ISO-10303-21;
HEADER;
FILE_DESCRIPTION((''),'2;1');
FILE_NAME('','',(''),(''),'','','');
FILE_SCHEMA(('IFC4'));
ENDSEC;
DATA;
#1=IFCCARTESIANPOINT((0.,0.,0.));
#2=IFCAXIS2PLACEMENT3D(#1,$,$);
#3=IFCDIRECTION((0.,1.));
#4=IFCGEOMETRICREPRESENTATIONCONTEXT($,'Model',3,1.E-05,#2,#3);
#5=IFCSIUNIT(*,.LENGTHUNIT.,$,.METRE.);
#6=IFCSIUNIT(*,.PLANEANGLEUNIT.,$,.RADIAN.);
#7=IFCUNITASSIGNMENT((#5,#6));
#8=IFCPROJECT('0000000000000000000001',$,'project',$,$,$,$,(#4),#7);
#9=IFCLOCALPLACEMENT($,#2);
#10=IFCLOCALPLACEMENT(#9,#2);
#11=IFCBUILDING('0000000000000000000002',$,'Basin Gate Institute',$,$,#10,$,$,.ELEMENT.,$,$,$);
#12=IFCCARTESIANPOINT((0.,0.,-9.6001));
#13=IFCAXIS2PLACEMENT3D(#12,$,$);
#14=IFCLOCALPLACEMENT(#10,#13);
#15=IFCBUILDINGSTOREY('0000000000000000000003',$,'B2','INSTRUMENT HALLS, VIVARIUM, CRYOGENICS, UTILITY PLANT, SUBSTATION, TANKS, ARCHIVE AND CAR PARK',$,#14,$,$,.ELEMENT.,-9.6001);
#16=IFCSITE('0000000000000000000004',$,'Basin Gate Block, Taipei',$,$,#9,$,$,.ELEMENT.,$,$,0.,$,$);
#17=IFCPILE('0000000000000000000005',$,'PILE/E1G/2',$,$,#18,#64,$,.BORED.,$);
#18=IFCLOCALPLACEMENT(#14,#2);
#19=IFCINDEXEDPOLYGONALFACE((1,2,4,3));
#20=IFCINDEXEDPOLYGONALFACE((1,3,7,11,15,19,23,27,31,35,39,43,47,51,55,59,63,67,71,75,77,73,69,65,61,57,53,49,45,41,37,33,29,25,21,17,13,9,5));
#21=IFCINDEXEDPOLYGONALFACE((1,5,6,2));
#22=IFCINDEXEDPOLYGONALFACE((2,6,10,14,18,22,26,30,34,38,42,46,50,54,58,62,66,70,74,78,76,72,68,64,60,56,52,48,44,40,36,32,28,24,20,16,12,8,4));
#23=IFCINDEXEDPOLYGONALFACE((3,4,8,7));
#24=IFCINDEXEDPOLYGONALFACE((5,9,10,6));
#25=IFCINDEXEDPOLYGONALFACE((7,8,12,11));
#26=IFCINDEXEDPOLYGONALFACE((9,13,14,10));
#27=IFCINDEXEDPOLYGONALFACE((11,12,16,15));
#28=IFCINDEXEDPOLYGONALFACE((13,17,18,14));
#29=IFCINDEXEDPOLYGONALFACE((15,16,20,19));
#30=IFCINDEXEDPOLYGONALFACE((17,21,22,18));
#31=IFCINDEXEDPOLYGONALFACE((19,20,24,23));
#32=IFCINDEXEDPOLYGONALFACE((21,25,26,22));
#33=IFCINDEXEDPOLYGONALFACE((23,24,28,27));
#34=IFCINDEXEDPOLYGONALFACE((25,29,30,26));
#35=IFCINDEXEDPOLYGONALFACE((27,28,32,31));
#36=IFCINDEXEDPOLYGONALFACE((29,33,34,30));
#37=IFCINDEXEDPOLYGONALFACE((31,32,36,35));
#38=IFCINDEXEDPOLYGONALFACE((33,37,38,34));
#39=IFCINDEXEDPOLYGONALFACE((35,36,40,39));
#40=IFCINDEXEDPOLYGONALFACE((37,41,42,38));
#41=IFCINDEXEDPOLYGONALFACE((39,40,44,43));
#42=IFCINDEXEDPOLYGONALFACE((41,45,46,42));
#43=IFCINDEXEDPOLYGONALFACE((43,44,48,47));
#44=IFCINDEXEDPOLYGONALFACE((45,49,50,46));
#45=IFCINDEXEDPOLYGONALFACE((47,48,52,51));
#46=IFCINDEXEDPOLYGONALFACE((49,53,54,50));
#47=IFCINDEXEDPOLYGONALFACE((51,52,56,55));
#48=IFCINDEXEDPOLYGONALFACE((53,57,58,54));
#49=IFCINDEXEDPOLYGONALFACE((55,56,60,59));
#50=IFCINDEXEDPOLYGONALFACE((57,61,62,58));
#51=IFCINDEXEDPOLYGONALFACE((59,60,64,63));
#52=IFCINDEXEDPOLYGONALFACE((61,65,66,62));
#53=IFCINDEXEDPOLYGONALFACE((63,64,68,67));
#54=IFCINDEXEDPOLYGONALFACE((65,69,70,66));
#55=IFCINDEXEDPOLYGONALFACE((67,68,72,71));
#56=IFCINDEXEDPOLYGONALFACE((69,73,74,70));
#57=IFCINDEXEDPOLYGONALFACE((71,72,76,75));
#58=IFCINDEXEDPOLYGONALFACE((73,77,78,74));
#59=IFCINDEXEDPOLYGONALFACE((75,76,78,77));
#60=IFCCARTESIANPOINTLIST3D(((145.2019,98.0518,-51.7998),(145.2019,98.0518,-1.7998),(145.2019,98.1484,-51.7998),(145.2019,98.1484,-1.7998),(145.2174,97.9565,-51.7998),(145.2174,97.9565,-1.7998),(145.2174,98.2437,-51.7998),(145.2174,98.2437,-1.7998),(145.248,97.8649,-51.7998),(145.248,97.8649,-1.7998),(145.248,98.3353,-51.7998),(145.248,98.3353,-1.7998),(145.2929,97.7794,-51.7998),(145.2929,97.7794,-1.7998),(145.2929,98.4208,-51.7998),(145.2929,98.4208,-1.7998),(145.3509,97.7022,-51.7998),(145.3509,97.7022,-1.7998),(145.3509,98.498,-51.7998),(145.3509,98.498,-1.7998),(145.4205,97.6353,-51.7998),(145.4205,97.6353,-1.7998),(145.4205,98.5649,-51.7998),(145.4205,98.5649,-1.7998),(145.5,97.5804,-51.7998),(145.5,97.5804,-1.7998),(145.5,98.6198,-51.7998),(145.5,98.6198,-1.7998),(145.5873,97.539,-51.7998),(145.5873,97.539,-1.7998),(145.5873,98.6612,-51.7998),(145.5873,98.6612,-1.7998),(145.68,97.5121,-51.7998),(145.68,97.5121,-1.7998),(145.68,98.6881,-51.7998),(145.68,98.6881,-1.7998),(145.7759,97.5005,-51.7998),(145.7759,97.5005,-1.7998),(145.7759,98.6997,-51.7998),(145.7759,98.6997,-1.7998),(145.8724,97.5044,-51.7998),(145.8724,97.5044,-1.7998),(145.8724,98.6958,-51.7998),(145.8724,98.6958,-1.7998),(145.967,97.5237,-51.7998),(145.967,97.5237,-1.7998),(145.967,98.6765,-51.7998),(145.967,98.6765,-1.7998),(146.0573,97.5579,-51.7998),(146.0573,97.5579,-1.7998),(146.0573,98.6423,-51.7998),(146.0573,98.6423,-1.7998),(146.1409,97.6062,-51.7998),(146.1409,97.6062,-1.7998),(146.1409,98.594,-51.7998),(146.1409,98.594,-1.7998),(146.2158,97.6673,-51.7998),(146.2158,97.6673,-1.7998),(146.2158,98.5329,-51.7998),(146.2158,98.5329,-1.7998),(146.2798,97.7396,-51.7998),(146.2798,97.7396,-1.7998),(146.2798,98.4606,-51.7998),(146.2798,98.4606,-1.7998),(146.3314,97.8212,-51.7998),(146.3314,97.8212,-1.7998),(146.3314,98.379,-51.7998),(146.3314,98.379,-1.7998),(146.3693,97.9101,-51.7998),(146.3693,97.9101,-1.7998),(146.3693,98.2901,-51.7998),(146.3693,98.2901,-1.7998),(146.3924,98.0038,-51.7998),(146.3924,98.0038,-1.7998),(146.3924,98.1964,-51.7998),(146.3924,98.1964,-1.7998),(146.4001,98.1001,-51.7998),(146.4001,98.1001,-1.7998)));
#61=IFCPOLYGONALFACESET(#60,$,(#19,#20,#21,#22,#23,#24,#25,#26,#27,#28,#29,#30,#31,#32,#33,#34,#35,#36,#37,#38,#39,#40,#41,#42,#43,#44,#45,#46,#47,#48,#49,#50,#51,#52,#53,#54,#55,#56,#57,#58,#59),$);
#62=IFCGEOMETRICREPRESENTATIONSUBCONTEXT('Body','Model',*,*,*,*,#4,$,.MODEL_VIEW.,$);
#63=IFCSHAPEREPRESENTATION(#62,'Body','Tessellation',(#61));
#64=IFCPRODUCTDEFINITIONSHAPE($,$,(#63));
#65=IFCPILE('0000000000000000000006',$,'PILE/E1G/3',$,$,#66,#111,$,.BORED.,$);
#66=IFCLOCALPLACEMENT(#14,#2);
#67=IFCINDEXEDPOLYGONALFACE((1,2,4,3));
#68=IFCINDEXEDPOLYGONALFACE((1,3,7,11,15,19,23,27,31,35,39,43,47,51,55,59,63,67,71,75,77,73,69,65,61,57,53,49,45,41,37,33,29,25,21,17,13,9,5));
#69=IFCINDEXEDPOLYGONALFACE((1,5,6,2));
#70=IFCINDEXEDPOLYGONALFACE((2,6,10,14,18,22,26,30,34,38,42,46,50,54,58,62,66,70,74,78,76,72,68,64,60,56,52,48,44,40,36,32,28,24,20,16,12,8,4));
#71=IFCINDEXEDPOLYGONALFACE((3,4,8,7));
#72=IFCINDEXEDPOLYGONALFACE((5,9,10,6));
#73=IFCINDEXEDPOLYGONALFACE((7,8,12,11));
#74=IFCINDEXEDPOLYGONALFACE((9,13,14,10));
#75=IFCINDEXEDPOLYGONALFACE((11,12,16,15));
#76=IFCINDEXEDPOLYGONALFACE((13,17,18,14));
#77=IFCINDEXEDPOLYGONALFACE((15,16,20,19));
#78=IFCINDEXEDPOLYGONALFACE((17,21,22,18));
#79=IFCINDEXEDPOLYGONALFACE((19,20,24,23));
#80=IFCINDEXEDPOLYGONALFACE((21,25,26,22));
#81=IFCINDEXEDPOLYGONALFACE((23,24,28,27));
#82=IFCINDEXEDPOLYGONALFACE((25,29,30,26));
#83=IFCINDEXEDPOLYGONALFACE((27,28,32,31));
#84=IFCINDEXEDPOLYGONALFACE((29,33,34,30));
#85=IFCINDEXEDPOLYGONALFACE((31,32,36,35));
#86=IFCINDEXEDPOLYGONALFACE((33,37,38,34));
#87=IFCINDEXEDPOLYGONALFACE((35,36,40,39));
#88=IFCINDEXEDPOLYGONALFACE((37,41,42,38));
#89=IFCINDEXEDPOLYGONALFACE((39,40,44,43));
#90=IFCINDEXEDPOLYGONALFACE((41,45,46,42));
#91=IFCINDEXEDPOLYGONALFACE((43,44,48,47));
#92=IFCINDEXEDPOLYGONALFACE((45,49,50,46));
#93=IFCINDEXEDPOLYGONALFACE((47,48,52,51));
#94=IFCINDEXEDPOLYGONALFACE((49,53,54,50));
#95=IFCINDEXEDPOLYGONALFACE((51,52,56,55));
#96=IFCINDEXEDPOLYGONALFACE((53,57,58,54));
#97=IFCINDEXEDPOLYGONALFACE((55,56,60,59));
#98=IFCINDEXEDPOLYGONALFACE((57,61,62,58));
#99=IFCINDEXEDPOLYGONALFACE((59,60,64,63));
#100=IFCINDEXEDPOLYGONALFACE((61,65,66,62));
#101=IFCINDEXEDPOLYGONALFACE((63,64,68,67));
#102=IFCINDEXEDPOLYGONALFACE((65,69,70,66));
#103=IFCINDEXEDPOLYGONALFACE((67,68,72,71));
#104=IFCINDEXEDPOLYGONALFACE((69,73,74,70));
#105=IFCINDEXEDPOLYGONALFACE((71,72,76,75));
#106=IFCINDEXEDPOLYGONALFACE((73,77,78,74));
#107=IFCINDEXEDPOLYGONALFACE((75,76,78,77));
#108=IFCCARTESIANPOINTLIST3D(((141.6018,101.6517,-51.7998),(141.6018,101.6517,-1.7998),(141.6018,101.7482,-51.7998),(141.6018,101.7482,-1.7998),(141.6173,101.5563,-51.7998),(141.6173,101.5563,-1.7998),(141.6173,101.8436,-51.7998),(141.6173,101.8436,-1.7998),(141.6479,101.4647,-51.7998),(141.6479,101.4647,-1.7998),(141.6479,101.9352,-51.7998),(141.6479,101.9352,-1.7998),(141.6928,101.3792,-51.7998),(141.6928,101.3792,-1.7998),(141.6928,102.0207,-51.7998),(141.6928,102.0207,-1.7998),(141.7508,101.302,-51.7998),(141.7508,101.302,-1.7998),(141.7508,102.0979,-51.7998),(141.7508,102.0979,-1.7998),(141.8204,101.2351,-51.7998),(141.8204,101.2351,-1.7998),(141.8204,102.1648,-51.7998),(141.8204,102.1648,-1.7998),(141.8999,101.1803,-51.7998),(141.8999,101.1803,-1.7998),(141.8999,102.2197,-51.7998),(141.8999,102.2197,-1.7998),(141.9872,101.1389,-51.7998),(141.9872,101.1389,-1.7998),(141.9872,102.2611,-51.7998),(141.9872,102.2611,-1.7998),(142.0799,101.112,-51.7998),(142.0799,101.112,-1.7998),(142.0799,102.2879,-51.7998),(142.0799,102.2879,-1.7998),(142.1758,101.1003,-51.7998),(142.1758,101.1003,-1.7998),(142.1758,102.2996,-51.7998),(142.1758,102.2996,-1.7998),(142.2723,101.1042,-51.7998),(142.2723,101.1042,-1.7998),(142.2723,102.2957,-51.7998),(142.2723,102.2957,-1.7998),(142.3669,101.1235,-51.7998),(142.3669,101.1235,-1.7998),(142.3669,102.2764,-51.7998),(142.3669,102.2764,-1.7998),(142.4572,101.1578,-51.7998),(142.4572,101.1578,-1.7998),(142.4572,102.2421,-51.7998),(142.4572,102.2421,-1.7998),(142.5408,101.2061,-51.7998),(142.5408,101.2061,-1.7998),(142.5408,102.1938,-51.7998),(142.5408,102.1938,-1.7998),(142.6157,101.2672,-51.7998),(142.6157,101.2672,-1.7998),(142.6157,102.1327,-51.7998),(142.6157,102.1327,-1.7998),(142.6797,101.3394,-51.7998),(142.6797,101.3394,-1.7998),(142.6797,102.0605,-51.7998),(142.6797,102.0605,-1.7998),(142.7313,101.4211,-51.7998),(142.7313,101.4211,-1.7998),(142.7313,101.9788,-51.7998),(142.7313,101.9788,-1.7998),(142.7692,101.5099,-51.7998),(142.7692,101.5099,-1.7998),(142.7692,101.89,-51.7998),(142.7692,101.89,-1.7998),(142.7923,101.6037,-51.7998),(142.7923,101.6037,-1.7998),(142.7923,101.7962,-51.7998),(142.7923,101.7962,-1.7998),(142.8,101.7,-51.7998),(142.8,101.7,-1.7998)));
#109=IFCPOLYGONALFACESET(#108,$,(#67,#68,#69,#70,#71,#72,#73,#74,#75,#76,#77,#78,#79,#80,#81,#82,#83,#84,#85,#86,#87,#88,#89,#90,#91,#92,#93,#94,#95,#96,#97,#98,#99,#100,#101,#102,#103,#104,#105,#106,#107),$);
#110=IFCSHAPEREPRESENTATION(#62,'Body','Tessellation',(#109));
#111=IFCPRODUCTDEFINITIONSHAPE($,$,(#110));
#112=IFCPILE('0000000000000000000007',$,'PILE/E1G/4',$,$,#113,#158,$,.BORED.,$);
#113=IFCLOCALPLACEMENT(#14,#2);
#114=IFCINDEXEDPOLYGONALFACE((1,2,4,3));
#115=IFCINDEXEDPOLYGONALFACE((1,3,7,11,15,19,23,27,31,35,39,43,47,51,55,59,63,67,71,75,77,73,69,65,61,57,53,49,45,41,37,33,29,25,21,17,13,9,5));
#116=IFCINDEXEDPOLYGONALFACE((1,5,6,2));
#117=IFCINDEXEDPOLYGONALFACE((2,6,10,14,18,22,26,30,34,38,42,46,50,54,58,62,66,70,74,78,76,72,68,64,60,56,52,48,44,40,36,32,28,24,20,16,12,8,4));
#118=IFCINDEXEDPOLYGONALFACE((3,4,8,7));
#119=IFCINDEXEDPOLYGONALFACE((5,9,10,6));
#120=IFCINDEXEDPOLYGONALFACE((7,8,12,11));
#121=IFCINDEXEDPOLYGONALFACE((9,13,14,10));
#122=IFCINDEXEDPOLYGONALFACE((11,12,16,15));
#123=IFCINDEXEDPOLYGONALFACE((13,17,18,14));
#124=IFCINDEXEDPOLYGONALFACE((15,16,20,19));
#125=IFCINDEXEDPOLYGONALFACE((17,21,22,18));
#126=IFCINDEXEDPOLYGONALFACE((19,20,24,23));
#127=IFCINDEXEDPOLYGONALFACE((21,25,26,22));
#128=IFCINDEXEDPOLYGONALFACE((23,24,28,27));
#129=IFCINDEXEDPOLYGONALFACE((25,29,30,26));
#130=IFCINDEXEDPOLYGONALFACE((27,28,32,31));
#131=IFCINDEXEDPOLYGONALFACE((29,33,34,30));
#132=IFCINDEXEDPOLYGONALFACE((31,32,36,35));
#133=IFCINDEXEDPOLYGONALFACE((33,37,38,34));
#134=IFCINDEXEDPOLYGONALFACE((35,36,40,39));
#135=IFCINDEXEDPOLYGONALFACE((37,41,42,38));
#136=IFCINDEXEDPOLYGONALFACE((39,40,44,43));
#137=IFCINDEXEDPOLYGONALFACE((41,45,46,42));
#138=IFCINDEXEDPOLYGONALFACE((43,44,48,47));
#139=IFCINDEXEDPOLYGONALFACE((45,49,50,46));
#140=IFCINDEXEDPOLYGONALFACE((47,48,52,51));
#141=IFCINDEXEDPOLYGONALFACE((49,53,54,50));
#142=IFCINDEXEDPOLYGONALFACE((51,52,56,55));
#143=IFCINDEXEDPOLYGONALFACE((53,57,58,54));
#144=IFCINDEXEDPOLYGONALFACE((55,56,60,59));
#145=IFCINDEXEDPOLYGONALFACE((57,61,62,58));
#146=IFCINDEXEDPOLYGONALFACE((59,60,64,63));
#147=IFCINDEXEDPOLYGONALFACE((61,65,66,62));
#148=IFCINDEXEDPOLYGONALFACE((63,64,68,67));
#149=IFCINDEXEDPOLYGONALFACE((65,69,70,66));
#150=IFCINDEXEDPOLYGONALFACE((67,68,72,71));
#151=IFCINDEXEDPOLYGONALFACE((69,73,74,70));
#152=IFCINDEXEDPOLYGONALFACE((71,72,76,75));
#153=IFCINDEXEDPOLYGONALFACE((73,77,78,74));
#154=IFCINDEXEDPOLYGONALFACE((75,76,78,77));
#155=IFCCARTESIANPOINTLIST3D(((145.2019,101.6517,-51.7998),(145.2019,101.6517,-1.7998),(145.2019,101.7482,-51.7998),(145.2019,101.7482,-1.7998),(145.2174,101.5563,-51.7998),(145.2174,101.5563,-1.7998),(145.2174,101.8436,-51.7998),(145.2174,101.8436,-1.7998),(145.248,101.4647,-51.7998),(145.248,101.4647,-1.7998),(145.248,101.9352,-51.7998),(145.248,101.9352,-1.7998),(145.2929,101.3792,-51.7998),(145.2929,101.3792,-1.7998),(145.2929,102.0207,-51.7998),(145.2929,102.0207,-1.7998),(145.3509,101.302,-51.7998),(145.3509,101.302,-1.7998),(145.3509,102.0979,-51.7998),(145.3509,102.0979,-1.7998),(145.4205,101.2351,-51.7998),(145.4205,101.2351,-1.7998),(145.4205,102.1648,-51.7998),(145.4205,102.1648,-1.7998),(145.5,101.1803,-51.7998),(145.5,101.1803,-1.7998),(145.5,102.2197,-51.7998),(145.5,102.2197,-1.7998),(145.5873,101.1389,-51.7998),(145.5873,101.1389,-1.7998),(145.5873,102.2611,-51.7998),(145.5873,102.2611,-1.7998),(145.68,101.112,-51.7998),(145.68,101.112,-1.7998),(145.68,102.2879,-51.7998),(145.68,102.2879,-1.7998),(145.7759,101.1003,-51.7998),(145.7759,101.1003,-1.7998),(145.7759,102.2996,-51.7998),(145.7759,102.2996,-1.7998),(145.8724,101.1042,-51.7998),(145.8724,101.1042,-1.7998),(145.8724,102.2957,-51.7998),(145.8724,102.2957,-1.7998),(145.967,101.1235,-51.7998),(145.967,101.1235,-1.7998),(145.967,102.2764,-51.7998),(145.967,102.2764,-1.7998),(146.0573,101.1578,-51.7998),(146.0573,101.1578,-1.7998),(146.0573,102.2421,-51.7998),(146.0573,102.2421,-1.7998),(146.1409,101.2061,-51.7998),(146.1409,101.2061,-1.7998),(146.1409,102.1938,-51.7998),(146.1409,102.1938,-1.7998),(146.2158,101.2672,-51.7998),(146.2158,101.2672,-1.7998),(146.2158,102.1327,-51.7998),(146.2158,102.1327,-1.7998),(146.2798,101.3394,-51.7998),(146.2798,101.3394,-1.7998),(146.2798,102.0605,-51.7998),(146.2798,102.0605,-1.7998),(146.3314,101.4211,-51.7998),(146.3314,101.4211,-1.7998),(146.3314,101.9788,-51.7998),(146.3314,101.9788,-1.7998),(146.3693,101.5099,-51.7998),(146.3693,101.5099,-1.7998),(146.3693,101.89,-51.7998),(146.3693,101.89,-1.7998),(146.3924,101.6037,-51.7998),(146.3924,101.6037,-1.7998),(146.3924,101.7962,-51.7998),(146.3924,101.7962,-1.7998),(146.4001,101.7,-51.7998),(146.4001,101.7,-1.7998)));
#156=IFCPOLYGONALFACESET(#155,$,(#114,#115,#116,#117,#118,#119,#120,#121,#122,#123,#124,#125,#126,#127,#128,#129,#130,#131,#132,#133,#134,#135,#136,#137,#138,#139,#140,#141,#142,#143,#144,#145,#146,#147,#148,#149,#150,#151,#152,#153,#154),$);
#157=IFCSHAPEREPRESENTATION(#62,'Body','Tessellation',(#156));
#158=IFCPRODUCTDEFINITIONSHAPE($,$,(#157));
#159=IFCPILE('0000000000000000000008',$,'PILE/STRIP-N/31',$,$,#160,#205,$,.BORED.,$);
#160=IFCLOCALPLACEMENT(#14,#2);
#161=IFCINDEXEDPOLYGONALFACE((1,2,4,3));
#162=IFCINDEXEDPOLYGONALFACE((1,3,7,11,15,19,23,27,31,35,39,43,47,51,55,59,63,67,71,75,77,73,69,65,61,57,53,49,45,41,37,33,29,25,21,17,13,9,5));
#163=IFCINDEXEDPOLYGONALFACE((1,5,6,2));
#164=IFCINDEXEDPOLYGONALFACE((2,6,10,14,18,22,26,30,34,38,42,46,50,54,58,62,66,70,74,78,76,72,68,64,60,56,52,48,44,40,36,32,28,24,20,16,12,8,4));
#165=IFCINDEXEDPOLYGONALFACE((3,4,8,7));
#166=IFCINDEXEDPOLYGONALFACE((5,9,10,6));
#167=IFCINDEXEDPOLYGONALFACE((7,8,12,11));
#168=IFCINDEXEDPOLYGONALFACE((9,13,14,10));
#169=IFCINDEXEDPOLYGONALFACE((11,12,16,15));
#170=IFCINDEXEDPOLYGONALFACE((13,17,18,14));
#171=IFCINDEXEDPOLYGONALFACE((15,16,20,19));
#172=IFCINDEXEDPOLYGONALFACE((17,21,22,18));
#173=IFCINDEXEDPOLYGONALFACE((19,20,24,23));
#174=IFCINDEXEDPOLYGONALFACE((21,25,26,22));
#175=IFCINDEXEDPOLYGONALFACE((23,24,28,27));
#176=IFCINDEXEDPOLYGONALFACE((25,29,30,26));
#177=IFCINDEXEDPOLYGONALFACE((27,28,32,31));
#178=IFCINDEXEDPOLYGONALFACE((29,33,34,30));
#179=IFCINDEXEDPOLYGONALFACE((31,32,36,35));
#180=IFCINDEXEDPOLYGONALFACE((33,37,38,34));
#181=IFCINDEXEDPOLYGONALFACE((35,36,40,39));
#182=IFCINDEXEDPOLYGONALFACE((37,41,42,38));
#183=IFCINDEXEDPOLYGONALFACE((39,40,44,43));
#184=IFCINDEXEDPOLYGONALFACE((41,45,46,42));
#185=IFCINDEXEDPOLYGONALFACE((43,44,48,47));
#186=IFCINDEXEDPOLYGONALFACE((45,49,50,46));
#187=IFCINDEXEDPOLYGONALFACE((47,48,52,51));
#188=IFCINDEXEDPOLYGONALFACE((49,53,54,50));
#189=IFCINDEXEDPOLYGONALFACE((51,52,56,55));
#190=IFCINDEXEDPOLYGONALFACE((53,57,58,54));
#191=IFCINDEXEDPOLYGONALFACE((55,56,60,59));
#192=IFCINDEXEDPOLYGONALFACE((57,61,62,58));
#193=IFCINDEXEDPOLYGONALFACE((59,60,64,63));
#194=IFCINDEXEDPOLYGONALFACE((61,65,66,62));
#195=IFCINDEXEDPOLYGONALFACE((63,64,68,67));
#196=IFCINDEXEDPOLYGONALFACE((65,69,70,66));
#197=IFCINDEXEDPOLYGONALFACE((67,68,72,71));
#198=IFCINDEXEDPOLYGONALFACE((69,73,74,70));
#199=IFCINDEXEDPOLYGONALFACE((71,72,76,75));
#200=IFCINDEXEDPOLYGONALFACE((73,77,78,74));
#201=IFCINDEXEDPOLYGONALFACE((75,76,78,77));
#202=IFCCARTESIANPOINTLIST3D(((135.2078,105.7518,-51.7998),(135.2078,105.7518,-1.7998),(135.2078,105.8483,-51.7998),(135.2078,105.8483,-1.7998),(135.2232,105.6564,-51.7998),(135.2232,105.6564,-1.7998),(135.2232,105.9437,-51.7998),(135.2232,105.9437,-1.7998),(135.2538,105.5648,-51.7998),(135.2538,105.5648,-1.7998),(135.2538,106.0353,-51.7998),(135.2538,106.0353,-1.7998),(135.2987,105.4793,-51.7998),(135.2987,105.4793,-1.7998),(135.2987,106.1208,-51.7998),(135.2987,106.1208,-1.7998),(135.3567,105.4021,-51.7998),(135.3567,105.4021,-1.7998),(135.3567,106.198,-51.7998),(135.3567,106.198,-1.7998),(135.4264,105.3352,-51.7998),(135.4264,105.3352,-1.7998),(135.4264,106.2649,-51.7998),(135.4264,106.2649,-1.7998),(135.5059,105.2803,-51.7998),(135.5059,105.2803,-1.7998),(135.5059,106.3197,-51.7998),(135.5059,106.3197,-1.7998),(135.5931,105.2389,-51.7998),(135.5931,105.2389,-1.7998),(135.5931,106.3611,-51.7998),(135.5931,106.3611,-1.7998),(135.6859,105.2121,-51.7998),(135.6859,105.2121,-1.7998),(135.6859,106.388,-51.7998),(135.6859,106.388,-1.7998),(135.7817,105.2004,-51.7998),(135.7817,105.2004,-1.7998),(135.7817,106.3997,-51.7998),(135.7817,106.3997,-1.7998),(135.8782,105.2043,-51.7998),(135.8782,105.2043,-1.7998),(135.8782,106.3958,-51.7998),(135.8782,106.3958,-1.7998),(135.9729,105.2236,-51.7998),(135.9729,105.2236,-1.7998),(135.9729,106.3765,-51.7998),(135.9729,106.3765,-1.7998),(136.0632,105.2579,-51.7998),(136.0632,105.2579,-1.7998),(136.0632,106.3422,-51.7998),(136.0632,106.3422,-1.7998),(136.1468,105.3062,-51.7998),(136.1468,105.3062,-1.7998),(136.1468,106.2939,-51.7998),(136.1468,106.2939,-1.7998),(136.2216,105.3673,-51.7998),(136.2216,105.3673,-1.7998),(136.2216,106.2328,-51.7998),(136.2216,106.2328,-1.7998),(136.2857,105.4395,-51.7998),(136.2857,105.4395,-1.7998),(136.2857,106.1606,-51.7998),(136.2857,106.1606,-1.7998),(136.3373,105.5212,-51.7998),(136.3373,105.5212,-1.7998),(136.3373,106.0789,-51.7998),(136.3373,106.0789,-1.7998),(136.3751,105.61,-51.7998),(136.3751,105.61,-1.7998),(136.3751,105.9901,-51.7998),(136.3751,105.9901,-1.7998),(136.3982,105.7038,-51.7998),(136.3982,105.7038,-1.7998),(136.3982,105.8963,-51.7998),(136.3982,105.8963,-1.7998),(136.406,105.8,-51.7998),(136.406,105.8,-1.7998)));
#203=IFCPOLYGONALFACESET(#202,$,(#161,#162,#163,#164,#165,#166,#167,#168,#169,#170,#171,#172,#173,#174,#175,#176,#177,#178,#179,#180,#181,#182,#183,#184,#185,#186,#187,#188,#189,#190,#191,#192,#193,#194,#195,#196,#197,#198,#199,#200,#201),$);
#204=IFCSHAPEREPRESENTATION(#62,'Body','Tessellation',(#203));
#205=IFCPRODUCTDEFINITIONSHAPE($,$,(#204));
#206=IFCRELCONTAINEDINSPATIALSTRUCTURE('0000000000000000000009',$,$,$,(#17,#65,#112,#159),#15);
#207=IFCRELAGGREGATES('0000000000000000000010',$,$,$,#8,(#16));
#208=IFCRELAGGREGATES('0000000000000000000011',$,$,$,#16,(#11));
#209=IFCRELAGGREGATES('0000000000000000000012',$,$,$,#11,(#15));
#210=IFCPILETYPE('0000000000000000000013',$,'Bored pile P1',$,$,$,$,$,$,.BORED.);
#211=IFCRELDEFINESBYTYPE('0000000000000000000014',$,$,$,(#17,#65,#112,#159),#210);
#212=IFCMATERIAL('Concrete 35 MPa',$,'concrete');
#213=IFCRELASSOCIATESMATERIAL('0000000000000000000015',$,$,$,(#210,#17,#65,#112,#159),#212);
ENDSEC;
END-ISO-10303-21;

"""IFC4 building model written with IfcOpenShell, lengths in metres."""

from ifc_helpers import new_model, si_unit, direction, frame, origin, origin_2d, place, context, subcontext, project, spatial, circle, extrude, material, material_profile, profile_set, type_object, element, save


model = new_model("IFC4")

# Units and contexts
model_context = context("Model", 3, precision=1e-05, world=origin(), true_north=direction((0.0, 1.0)))
body_context = subcontext(model_context, "Body", "Model", "MODEL_VIEW")
ifc_project = project(units=[si_unit("LENGTHUNIT", "METRE"), si_unit("PLANEANGLEUNIT", "RADIAN")], contexts=[model_context])

# Site, building, storey
site_placement = place(None, origin())
site = spatial("IfcSite", under=ifc_project, at=site_placement, Name="Basin Gate Block, Taipei", CompositionType="ELEMENT", RefElevation=0.0)
building_placement = place(site_placement, origin())
building = spatial("IfcBuilding", under=site, at=building_placement, Name="Basin Gate Institute", CompositionType="ELEMENT")
storey_placement = place(building_placement, frame((0.0, 0.0, -9.6001)))
storey = spatial("IfcBuildingStorey", under=building, at=storey_placement, Name="B2", Description="INSTRUMENT HALLS, VIVARIUM, CRYOGENICS, UTILITY PLANT, SUBSTATION, TANKS, ARCHIVE AND CAR PARK", CompositionType="ELEMENT", Elevation=-9.6001)

# Piles
ifc_material_1 = material(Name="Concrete 35 MPa", Category="concrete")
ifc_material_profile_1 = material_profile(ifc_material_1, circle(Radius=0.6001, at=origin_2d()), Name="Bored pile P1 1200 dia")
ifc_profile_set_1 = profile_set([ifc_material_profile_1], Name="Concrete 35 MPa")
pile_type = type_object("IfcPileType", Name="Bored pile P1", PredefinedType="BORED", material=ifc_profile_set_1)
for number, where, z_axis, x_axis, name in (
    (1, (145.8, 98.1001, -1.7998), (0.0, 0.0, -1.0), (1.0, 0.0, 0.0), "PILE/E1G/2"),
    (2, (142.2, 101.7, -1.7998), (0.0, 0.0, -1.0), (1.0, 0.0, 0.0), "PILE/E1G/3"),
    (3, (145.8, 101.7, -1.7998), (0.0, 0.0, -1.0), (1.0, 0.0, 0.0), "PILE/E1G/4"),
    (4, (135.8059, 105.8, -1.7998), (0.0, 0.0, -1.0), (1.0, 0.0, 0.0), "PILE/STRIP-N/31"),
):
    element("IfcPile", number, at=place(storey_placement, frame(where, z_axis=z_axis, x_axis=x_axis)), inside=storey, type_object=pile_type, material=ifc_profile_set_1, Name=name, PredefinedType="BORED", context=body_context, shape_type="SweptSolid", body=[
        extrude(circle(Radius=0.6001, at=origin_2d()), origin(), (0.0, 0.0, 1.0), 50.0),
    ])

save(model, "model.ifc")
